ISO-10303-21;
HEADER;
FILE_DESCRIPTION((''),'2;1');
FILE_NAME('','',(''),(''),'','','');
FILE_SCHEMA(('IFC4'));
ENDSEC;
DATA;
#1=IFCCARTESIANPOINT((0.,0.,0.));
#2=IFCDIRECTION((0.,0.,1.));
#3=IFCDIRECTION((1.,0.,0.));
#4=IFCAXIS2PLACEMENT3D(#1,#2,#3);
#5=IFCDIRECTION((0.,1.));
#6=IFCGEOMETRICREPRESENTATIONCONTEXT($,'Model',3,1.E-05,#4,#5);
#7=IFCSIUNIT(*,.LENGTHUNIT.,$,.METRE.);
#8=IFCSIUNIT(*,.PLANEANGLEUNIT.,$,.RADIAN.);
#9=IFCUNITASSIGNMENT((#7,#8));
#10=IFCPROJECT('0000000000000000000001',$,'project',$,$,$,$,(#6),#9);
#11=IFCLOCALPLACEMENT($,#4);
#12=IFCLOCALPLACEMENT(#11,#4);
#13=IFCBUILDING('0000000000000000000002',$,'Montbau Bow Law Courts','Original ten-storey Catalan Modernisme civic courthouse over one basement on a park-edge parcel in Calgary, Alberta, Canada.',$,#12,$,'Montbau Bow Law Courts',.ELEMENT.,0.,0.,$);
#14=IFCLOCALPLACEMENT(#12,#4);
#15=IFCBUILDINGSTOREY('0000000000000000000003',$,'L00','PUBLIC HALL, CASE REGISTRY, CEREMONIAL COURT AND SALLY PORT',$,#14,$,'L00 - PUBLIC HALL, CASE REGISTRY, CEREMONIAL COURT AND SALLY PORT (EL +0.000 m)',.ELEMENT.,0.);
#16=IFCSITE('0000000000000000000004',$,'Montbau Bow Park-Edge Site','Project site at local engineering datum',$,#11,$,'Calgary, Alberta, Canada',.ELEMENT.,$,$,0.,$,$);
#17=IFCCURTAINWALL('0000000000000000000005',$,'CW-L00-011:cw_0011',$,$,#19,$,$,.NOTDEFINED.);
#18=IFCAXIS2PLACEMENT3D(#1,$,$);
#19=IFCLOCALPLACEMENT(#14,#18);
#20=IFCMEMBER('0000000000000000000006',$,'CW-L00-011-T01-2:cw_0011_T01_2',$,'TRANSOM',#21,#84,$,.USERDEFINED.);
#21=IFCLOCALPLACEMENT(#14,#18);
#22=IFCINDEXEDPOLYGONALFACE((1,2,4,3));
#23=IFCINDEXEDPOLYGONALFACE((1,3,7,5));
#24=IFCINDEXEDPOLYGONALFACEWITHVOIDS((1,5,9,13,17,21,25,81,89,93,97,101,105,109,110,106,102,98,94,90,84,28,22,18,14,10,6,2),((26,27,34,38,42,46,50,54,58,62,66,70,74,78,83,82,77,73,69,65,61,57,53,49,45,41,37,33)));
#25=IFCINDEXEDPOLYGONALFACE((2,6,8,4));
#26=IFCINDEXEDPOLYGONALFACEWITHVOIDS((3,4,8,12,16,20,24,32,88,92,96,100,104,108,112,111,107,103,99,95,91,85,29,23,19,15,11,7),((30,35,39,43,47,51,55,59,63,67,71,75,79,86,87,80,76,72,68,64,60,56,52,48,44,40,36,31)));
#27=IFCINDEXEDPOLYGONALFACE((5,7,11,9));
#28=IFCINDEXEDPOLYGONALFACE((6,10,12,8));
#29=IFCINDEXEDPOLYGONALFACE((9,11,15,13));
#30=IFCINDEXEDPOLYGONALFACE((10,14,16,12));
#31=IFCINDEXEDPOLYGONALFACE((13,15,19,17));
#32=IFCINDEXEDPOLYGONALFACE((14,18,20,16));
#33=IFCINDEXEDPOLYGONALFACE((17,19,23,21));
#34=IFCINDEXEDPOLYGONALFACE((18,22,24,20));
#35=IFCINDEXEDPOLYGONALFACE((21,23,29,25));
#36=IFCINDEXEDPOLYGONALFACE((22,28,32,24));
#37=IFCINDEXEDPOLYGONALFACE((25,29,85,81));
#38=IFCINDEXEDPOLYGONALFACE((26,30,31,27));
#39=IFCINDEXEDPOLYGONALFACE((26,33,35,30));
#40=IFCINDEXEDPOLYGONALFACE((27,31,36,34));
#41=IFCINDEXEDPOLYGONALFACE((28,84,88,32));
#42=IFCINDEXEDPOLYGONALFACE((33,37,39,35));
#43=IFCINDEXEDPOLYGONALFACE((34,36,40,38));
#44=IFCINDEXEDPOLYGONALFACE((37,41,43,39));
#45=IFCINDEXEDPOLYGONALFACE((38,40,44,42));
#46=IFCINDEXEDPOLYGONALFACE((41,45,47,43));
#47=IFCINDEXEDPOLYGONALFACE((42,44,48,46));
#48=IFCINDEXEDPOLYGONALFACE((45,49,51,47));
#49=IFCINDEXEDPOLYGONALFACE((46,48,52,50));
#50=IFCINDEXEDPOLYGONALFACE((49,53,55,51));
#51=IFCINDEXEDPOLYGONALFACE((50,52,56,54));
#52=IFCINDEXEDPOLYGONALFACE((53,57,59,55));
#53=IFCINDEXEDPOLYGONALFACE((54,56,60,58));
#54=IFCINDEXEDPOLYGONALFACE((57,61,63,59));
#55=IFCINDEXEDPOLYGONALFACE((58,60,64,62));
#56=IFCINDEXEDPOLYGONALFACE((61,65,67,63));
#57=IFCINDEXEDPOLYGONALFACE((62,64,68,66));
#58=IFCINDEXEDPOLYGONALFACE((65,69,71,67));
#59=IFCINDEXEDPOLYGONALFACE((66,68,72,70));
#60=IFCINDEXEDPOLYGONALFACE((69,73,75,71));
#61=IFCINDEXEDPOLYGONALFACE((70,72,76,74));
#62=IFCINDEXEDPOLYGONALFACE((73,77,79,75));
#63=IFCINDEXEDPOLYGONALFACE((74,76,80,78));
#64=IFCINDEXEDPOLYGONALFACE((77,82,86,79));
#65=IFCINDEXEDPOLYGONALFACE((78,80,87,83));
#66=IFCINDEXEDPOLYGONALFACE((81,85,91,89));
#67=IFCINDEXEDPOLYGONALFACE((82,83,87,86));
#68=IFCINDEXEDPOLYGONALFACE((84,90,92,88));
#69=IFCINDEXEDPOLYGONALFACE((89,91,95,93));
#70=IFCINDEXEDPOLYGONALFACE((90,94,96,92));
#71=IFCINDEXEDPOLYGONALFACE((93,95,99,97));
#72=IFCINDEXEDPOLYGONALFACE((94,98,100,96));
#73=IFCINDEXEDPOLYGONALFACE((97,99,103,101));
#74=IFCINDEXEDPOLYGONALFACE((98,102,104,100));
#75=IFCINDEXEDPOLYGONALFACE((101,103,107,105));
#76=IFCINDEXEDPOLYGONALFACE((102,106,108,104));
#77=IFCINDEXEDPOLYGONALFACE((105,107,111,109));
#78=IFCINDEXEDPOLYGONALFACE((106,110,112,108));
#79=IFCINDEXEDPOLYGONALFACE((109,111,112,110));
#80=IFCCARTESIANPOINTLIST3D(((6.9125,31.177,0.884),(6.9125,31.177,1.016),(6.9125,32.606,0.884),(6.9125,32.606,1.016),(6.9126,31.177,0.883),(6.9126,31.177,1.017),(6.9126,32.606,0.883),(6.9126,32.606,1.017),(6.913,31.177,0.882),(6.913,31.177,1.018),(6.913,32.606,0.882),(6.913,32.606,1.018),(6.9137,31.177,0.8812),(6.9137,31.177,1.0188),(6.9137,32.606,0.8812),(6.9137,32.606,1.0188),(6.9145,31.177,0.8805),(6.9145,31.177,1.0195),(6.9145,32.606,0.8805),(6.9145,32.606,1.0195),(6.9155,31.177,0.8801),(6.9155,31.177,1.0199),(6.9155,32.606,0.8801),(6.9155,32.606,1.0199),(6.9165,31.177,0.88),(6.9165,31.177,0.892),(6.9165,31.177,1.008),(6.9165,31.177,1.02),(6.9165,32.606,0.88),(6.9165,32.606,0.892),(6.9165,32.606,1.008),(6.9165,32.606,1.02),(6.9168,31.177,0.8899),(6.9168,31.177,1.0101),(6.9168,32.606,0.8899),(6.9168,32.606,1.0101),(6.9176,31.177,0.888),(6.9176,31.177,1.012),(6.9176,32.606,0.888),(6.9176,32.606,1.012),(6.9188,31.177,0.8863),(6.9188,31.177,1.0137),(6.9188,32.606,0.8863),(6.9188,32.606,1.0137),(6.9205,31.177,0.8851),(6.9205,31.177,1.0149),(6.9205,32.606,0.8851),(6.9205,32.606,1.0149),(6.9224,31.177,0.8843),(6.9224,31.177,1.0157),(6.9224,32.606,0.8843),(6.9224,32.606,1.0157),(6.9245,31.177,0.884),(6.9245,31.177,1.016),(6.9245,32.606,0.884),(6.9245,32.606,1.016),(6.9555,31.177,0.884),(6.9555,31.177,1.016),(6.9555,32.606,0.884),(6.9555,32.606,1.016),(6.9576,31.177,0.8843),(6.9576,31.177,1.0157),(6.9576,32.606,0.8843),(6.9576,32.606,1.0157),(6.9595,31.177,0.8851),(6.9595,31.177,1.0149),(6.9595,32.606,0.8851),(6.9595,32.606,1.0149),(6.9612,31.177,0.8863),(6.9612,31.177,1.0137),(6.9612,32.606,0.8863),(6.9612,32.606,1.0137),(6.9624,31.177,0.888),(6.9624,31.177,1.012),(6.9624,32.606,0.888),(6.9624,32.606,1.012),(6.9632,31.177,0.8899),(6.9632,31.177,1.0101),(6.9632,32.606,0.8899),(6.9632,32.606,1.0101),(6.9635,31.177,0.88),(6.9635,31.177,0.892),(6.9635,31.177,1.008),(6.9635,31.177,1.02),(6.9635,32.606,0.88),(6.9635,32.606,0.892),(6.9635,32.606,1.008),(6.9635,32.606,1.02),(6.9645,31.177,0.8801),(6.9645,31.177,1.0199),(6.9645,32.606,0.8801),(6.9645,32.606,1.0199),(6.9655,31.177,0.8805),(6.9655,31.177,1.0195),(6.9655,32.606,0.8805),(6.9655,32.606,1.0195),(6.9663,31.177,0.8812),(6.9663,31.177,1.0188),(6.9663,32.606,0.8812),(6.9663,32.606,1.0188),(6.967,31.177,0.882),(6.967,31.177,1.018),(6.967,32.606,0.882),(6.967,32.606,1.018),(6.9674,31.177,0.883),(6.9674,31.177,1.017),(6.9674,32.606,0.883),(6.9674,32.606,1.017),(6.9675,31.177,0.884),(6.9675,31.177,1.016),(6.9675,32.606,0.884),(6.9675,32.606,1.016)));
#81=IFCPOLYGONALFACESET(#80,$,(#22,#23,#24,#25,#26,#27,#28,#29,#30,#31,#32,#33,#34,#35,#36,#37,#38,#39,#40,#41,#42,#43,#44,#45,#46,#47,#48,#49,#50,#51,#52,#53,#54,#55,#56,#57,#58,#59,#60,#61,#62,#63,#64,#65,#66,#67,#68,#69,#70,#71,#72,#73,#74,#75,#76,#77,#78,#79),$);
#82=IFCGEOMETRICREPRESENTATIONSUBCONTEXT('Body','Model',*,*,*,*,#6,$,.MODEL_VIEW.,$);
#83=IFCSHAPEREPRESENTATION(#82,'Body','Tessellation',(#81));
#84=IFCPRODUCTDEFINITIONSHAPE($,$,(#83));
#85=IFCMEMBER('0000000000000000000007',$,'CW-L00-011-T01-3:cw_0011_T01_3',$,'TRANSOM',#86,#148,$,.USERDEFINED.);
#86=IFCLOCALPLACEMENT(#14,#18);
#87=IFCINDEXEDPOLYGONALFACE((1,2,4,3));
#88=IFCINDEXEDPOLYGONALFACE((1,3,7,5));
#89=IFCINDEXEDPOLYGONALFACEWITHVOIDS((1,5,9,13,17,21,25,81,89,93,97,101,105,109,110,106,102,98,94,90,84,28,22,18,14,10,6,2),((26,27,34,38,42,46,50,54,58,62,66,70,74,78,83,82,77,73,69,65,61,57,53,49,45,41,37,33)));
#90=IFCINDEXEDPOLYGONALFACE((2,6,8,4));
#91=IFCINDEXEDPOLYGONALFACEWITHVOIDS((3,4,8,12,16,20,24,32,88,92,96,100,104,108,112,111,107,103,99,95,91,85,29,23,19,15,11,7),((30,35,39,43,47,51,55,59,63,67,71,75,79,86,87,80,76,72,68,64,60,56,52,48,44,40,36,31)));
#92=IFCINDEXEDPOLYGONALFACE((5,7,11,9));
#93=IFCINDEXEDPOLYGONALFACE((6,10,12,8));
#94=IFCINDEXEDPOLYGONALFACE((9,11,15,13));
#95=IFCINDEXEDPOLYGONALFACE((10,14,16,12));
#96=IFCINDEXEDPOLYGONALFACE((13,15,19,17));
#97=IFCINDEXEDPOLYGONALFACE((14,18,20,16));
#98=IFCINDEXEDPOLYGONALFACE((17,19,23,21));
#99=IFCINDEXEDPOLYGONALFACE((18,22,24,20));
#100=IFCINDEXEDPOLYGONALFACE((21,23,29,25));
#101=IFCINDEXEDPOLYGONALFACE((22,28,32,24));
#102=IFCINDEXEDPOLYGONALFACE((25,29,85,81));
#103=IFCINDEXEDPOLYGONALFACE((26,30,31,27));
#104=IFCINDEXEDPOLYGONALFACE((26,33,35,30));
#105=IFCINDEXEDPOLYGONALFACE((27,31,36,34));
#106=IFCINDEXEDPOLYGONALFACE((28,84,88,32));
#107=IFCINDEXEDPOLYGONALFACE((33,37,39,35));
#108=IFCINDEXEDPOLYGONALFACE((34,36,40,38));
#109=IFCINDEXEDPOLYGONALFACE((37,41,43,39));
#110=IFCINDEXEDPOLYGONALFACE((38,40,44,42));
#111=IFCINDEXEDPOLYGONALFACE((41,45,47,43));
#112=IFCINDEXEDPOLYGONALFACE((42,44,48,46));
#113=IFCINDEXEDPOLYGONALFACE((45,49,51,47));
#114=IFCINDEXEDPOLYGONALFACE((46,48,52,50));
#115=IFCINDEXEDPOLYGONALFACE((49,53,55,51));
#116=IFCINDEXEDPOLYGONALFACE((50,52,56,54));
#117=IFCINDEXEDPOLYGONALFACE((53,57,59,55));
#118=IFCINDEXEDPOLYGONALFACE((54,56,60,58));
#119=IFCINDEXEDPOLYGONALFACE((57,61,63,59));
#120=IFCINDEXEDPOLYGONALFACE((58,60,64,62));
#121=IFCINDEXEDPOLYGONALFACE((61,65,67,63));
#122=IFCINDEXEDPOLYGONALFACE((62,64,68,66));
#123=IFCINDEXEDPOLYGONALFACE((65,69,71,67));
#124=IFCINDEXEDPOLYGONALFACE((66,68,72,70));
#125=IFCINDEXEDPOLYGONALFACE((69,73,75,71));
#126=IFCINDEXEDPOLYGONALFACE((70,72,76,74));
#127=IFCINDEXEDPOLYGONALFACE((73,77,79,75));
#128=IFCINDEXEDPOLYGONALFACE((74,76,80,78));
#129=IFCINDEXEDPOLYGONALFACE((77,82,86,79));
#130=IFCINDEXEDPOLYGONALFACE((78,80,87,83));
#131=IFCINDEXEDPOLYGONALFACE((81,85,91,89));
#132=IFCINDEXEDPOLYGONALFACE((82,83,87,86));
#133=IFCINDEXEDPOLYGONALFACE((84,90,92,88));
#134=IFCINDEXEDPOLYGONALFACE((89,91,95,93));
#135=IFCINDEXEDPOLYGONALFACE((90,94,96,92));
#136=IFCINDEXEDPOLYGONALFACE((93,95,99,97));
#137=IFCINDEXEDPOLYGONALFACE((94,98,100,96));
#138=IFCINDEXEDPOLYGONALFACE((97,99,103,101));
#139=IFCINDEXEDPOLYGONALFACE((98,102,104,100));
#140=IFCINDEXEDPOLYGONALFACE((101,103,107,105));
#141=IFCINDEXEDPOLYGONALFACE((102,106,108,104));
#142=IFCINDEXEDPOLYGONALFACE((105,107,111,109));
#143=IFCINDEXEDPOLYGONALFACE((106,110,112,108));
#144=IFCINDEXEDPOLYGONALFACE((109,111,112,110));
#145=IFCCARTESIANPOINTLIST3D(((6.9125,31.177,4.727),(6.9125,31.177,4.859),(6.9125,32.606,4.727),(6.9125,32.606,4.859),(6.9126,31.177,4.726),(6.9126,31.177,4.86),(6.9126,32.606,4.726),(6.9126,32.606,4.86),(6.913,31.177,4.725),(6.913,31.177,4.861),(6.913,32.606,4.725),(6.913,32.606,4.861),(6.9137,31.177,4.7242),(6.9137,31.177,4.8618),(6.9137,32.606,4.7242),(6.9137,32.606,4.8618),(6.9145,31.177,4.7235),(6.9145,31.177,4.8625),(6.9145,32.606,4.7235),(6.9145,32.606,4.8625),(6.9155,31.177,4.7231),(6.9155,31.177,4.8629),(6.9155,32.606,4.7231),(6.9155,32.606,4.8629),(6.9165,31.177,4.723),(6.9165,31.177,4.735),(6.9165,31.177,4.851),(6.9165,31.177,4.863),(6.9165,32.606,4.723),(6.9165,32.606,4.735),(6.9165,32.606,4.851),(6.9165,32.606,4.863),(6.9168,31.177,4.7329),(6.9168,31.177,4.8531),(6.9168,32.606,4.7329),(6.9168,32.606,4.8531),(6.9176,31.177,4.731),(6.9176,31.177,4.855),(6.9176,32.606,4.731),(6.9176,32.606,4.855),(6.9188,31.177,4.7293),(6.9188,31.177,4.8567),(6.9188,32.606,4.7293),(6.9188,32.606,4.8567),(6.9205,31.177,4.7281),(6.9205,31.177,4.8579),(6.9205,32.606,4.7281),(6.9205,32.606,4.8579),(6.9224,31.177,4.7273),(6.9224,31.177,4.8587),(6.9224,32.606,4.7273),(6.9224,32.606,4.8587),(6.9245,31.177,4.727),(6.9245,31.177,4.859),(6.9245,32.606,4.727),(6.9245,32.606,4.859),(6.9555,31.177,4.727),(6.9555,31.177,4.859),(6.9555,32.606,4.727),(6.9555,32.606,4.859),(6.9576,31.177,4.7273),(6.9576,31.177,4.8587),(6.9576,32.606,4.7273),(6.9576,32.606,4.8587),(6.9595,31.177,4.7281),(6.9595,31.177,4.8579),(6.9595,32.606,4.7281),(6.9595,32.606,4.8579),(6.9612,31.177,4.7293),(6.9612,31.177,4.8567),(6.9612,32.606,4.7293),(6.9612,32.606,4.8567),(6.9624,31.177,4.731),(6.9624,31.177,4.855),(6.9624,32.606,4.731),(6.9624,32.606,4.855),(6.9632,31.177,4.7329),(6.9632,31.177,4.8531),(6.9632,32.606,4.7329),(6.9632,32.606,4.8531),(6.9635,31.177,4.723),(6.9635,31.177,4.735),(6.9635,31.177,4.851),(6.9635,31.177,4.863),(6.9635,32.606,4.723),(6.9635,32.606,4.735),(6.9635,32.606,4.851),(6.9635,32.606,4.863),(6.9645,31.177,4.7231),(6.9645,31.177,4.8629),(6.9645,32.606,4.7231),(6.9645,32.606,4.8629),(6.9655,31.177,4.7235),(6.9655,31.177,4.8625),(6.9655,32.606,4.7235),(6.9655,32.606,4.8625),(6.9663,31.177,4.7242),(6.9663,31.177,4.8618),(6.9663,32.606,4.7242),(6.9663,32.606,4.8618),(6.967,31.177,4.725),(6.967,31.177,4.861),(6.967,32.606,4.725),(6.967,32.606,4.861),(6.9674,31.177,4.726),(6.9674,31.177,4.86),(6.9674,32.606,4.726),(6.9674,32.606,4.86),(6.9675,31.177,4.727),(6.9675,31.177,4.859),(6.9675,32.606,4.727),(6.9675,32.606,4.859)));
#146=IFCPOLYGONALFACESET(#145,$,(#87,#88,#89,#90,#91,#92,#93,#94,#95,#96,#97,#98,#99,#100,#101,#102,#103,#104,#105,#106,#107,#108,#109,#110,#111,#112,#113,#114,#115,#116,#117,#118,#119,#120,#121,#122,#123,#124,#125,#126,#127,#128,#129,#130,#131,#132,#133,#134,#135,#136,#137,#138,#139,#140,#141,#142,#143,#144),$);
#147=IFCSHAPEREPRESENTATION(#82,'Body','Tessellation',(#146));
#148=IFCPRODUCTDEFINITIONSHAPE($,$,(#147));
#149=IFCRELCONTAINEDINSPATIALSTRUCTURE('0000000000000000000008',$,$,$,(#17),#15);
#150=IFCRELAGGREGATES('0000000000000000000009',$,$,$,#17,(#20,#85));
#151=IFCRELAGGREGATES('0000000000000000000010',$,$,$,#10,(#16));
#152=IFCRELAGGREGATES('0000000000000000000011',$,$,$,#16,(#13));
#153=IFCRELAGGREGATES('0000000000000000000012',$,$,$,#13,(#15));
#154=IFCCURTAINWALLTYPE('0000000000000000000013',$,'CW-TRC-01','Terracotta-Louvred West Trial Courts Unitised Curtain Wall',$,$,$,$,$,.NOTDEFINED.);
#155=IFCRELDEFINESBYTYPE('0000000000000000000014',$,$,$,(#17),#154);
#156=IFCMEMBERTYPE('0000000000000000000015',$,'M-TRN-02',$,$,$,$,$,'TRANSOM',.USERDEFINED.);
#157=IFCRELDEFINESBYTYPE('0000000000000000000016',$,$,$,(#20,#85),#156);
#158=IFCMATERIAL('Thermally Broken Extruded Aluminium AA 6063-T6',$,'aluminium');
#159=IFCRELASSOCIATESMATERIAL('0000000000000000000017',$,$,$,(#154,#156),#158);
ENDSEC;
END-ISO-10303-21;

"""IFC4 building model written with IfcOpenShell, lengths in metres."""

from ifc_helpers import new_model, si_unit, direction, frame, origin_with_axes, origin_2d_with_axis, place, context, subcontext, project, spatial, hollow_rectangle, extrude, material, material_profile, profile_set, type_object, element, aggregate, save


model = new_model("IFC4")

# Units and contexts
model_context = context("Model", 3, precision=1e-05, world=origin_with_axes(), true_north=direction((0.0, 1.0)))
body_context = subcontext(model_context, "Body", "Model", "MODEL_VIEW")
ifc_project = project(units=[si_unit("LENGTHUNIT", "METRE"), si_unit("PLANEANGLEUNIT", "RADIAN")], contexts=[model_context])

# Site, building, storey
site_placement = place(None, origin_with_axes())
site = spatial("IfcSite", under=ifc_project, at=site_placement, Name="Montbau Bow Park-Edge Site", Description="Project site at local engineering datum", LongName="Calgary, Alberta, Canada", CompositionType="ELEMENT", RefElevation=0.0)
building_placement = place(site_placement, origin_with_axes())
building = spatial("IfcBuilding", under=site, at=building_placement, Name="Montbau Bow Law Courts", Description="Original ten-storey Catalan Modernisme civic courthouse over one basement on a park-edge parcel in Calgary, Alberta, Canada.", LongName="Montbau Bow Law Courts", CompositionType="ELEMENT", ElevationOfRefHeight=0.0, ElevationOfTerrain=0.0)
storey_placement = place(building_placement, origin_with_axes())
storey = spatial("IfcBuildingStorey", under=building, at=storey_placement, Name="L00", Description="PUBLIC HALL, CASE REGISTRY, CEREMONIAL COURT AND SALLY PORT", LongName="L00 - PUBLIC HALL, CASE REGISTRY, CEREMONIAL COURT AND SALLY PORT (EL +0.000 m)", CompositionType="ELEMENT", Elevation=0.0)

# Curtain wall, members
ifc_material_1 = material(Name="Thermally Broken Extruded Aluminium AA 6063-T6", Category="aluminium")
curtain_wall_type = type_object("IfcCurtainWallType", Name="CW-TRC-01", Description="Terracotta-Louvred West Trial Courts Unitised Curtain Wall", PredefinedType="NOTDEFINED", material=ifc_material_1)
curtain_wall_placement = place(None, frame((6.94, 31.115, 0.0), z_axis=(0.0, 0.0, 1.0), x_axis=(1.0, 0.0, 0.0)))
curtain_wall = element("IfcCurtainWall", 1, at=curtain_wall_placement, inside=storey, type_object=curtain_wall_type, Name="CW-L00-011:cw_0011", PredefinedType="NOTDEFINED")
ifc_material_profile_1 = material_profile(ifc_material_1, hollow_rectangle(XDim=0.055, YDim=0.14, WallThickness=0.004, InnerFilletRadius=0.008, OuterFilletRadius=0.004, at=origin_2d_with_axis()), Name="CWT-140X55", Category="Main", Priority=0)
ifc_profile_set_1 = profile_set([ifc_material_profile_1], Name="Thermally Broken Extruded Aluminium AA 6063-T6")
member_type_1 = type_object("IfcMemberType", Name="M-TRN-02", ElementType="TRANSOM", PredefinedType="USERDEFINED", material=ifc_profile_set_1)
member_1_placement = place(None, frame((6.94, 31.177, 0.95), z_axis=(0.0, 1.0, 0.0), x_axis=(-1.0, 0.0, 0.0)))
member_1 = element("IfcMember", 2, at=member_1_placement, type_object=member_type_1, Name="CW-L00-011-T01-2:cw_0011_T01_2", ObjectType="TRANSOM", PredefinedType="USERDEFINED", context=body_context, shape_type="SweptSolid", body=[
    extrude(hollow_rectangle(XDim=0.055, YDim=0.14, WallThickness=0.004, InnerFilletRadius=0.008, OuterFilletRadius=0.004, at=origin_2d_with_axis()), origin_with_axes(), (0.0, 0.0, 1.0), 1.429),
])
member_2_placement = place(None, frame((6.94, 31.177, 4.793), z_axis=(0.0, 1.0, 0.0), x_axis=(-1.0, 0.0, 0.0)))
member_2 = element("IfcMember", 3, at=member_2_placement, type_object=member_type_1, Name="CW-L00-011-T01-3:cw_0011_T01_3", ObjectType="TRANSOM", PredefinedType="USERDEFINED", context=body_context, shape_type="SweptSolid", body=[
    extrude(hollow_rectangle(XDim=0.055, YDim=0.14, WallThickness=0.004, InnerFilletRadius=0.008, OuterFilletRadius=0.004, at=origin_2d_with_axis()), origin_with_axes(), (0.0, 0.0, 1.0), 1.429),
])
aggregate(curtain_wall, [member_1, member_2])

save(model, "model.ifc")
